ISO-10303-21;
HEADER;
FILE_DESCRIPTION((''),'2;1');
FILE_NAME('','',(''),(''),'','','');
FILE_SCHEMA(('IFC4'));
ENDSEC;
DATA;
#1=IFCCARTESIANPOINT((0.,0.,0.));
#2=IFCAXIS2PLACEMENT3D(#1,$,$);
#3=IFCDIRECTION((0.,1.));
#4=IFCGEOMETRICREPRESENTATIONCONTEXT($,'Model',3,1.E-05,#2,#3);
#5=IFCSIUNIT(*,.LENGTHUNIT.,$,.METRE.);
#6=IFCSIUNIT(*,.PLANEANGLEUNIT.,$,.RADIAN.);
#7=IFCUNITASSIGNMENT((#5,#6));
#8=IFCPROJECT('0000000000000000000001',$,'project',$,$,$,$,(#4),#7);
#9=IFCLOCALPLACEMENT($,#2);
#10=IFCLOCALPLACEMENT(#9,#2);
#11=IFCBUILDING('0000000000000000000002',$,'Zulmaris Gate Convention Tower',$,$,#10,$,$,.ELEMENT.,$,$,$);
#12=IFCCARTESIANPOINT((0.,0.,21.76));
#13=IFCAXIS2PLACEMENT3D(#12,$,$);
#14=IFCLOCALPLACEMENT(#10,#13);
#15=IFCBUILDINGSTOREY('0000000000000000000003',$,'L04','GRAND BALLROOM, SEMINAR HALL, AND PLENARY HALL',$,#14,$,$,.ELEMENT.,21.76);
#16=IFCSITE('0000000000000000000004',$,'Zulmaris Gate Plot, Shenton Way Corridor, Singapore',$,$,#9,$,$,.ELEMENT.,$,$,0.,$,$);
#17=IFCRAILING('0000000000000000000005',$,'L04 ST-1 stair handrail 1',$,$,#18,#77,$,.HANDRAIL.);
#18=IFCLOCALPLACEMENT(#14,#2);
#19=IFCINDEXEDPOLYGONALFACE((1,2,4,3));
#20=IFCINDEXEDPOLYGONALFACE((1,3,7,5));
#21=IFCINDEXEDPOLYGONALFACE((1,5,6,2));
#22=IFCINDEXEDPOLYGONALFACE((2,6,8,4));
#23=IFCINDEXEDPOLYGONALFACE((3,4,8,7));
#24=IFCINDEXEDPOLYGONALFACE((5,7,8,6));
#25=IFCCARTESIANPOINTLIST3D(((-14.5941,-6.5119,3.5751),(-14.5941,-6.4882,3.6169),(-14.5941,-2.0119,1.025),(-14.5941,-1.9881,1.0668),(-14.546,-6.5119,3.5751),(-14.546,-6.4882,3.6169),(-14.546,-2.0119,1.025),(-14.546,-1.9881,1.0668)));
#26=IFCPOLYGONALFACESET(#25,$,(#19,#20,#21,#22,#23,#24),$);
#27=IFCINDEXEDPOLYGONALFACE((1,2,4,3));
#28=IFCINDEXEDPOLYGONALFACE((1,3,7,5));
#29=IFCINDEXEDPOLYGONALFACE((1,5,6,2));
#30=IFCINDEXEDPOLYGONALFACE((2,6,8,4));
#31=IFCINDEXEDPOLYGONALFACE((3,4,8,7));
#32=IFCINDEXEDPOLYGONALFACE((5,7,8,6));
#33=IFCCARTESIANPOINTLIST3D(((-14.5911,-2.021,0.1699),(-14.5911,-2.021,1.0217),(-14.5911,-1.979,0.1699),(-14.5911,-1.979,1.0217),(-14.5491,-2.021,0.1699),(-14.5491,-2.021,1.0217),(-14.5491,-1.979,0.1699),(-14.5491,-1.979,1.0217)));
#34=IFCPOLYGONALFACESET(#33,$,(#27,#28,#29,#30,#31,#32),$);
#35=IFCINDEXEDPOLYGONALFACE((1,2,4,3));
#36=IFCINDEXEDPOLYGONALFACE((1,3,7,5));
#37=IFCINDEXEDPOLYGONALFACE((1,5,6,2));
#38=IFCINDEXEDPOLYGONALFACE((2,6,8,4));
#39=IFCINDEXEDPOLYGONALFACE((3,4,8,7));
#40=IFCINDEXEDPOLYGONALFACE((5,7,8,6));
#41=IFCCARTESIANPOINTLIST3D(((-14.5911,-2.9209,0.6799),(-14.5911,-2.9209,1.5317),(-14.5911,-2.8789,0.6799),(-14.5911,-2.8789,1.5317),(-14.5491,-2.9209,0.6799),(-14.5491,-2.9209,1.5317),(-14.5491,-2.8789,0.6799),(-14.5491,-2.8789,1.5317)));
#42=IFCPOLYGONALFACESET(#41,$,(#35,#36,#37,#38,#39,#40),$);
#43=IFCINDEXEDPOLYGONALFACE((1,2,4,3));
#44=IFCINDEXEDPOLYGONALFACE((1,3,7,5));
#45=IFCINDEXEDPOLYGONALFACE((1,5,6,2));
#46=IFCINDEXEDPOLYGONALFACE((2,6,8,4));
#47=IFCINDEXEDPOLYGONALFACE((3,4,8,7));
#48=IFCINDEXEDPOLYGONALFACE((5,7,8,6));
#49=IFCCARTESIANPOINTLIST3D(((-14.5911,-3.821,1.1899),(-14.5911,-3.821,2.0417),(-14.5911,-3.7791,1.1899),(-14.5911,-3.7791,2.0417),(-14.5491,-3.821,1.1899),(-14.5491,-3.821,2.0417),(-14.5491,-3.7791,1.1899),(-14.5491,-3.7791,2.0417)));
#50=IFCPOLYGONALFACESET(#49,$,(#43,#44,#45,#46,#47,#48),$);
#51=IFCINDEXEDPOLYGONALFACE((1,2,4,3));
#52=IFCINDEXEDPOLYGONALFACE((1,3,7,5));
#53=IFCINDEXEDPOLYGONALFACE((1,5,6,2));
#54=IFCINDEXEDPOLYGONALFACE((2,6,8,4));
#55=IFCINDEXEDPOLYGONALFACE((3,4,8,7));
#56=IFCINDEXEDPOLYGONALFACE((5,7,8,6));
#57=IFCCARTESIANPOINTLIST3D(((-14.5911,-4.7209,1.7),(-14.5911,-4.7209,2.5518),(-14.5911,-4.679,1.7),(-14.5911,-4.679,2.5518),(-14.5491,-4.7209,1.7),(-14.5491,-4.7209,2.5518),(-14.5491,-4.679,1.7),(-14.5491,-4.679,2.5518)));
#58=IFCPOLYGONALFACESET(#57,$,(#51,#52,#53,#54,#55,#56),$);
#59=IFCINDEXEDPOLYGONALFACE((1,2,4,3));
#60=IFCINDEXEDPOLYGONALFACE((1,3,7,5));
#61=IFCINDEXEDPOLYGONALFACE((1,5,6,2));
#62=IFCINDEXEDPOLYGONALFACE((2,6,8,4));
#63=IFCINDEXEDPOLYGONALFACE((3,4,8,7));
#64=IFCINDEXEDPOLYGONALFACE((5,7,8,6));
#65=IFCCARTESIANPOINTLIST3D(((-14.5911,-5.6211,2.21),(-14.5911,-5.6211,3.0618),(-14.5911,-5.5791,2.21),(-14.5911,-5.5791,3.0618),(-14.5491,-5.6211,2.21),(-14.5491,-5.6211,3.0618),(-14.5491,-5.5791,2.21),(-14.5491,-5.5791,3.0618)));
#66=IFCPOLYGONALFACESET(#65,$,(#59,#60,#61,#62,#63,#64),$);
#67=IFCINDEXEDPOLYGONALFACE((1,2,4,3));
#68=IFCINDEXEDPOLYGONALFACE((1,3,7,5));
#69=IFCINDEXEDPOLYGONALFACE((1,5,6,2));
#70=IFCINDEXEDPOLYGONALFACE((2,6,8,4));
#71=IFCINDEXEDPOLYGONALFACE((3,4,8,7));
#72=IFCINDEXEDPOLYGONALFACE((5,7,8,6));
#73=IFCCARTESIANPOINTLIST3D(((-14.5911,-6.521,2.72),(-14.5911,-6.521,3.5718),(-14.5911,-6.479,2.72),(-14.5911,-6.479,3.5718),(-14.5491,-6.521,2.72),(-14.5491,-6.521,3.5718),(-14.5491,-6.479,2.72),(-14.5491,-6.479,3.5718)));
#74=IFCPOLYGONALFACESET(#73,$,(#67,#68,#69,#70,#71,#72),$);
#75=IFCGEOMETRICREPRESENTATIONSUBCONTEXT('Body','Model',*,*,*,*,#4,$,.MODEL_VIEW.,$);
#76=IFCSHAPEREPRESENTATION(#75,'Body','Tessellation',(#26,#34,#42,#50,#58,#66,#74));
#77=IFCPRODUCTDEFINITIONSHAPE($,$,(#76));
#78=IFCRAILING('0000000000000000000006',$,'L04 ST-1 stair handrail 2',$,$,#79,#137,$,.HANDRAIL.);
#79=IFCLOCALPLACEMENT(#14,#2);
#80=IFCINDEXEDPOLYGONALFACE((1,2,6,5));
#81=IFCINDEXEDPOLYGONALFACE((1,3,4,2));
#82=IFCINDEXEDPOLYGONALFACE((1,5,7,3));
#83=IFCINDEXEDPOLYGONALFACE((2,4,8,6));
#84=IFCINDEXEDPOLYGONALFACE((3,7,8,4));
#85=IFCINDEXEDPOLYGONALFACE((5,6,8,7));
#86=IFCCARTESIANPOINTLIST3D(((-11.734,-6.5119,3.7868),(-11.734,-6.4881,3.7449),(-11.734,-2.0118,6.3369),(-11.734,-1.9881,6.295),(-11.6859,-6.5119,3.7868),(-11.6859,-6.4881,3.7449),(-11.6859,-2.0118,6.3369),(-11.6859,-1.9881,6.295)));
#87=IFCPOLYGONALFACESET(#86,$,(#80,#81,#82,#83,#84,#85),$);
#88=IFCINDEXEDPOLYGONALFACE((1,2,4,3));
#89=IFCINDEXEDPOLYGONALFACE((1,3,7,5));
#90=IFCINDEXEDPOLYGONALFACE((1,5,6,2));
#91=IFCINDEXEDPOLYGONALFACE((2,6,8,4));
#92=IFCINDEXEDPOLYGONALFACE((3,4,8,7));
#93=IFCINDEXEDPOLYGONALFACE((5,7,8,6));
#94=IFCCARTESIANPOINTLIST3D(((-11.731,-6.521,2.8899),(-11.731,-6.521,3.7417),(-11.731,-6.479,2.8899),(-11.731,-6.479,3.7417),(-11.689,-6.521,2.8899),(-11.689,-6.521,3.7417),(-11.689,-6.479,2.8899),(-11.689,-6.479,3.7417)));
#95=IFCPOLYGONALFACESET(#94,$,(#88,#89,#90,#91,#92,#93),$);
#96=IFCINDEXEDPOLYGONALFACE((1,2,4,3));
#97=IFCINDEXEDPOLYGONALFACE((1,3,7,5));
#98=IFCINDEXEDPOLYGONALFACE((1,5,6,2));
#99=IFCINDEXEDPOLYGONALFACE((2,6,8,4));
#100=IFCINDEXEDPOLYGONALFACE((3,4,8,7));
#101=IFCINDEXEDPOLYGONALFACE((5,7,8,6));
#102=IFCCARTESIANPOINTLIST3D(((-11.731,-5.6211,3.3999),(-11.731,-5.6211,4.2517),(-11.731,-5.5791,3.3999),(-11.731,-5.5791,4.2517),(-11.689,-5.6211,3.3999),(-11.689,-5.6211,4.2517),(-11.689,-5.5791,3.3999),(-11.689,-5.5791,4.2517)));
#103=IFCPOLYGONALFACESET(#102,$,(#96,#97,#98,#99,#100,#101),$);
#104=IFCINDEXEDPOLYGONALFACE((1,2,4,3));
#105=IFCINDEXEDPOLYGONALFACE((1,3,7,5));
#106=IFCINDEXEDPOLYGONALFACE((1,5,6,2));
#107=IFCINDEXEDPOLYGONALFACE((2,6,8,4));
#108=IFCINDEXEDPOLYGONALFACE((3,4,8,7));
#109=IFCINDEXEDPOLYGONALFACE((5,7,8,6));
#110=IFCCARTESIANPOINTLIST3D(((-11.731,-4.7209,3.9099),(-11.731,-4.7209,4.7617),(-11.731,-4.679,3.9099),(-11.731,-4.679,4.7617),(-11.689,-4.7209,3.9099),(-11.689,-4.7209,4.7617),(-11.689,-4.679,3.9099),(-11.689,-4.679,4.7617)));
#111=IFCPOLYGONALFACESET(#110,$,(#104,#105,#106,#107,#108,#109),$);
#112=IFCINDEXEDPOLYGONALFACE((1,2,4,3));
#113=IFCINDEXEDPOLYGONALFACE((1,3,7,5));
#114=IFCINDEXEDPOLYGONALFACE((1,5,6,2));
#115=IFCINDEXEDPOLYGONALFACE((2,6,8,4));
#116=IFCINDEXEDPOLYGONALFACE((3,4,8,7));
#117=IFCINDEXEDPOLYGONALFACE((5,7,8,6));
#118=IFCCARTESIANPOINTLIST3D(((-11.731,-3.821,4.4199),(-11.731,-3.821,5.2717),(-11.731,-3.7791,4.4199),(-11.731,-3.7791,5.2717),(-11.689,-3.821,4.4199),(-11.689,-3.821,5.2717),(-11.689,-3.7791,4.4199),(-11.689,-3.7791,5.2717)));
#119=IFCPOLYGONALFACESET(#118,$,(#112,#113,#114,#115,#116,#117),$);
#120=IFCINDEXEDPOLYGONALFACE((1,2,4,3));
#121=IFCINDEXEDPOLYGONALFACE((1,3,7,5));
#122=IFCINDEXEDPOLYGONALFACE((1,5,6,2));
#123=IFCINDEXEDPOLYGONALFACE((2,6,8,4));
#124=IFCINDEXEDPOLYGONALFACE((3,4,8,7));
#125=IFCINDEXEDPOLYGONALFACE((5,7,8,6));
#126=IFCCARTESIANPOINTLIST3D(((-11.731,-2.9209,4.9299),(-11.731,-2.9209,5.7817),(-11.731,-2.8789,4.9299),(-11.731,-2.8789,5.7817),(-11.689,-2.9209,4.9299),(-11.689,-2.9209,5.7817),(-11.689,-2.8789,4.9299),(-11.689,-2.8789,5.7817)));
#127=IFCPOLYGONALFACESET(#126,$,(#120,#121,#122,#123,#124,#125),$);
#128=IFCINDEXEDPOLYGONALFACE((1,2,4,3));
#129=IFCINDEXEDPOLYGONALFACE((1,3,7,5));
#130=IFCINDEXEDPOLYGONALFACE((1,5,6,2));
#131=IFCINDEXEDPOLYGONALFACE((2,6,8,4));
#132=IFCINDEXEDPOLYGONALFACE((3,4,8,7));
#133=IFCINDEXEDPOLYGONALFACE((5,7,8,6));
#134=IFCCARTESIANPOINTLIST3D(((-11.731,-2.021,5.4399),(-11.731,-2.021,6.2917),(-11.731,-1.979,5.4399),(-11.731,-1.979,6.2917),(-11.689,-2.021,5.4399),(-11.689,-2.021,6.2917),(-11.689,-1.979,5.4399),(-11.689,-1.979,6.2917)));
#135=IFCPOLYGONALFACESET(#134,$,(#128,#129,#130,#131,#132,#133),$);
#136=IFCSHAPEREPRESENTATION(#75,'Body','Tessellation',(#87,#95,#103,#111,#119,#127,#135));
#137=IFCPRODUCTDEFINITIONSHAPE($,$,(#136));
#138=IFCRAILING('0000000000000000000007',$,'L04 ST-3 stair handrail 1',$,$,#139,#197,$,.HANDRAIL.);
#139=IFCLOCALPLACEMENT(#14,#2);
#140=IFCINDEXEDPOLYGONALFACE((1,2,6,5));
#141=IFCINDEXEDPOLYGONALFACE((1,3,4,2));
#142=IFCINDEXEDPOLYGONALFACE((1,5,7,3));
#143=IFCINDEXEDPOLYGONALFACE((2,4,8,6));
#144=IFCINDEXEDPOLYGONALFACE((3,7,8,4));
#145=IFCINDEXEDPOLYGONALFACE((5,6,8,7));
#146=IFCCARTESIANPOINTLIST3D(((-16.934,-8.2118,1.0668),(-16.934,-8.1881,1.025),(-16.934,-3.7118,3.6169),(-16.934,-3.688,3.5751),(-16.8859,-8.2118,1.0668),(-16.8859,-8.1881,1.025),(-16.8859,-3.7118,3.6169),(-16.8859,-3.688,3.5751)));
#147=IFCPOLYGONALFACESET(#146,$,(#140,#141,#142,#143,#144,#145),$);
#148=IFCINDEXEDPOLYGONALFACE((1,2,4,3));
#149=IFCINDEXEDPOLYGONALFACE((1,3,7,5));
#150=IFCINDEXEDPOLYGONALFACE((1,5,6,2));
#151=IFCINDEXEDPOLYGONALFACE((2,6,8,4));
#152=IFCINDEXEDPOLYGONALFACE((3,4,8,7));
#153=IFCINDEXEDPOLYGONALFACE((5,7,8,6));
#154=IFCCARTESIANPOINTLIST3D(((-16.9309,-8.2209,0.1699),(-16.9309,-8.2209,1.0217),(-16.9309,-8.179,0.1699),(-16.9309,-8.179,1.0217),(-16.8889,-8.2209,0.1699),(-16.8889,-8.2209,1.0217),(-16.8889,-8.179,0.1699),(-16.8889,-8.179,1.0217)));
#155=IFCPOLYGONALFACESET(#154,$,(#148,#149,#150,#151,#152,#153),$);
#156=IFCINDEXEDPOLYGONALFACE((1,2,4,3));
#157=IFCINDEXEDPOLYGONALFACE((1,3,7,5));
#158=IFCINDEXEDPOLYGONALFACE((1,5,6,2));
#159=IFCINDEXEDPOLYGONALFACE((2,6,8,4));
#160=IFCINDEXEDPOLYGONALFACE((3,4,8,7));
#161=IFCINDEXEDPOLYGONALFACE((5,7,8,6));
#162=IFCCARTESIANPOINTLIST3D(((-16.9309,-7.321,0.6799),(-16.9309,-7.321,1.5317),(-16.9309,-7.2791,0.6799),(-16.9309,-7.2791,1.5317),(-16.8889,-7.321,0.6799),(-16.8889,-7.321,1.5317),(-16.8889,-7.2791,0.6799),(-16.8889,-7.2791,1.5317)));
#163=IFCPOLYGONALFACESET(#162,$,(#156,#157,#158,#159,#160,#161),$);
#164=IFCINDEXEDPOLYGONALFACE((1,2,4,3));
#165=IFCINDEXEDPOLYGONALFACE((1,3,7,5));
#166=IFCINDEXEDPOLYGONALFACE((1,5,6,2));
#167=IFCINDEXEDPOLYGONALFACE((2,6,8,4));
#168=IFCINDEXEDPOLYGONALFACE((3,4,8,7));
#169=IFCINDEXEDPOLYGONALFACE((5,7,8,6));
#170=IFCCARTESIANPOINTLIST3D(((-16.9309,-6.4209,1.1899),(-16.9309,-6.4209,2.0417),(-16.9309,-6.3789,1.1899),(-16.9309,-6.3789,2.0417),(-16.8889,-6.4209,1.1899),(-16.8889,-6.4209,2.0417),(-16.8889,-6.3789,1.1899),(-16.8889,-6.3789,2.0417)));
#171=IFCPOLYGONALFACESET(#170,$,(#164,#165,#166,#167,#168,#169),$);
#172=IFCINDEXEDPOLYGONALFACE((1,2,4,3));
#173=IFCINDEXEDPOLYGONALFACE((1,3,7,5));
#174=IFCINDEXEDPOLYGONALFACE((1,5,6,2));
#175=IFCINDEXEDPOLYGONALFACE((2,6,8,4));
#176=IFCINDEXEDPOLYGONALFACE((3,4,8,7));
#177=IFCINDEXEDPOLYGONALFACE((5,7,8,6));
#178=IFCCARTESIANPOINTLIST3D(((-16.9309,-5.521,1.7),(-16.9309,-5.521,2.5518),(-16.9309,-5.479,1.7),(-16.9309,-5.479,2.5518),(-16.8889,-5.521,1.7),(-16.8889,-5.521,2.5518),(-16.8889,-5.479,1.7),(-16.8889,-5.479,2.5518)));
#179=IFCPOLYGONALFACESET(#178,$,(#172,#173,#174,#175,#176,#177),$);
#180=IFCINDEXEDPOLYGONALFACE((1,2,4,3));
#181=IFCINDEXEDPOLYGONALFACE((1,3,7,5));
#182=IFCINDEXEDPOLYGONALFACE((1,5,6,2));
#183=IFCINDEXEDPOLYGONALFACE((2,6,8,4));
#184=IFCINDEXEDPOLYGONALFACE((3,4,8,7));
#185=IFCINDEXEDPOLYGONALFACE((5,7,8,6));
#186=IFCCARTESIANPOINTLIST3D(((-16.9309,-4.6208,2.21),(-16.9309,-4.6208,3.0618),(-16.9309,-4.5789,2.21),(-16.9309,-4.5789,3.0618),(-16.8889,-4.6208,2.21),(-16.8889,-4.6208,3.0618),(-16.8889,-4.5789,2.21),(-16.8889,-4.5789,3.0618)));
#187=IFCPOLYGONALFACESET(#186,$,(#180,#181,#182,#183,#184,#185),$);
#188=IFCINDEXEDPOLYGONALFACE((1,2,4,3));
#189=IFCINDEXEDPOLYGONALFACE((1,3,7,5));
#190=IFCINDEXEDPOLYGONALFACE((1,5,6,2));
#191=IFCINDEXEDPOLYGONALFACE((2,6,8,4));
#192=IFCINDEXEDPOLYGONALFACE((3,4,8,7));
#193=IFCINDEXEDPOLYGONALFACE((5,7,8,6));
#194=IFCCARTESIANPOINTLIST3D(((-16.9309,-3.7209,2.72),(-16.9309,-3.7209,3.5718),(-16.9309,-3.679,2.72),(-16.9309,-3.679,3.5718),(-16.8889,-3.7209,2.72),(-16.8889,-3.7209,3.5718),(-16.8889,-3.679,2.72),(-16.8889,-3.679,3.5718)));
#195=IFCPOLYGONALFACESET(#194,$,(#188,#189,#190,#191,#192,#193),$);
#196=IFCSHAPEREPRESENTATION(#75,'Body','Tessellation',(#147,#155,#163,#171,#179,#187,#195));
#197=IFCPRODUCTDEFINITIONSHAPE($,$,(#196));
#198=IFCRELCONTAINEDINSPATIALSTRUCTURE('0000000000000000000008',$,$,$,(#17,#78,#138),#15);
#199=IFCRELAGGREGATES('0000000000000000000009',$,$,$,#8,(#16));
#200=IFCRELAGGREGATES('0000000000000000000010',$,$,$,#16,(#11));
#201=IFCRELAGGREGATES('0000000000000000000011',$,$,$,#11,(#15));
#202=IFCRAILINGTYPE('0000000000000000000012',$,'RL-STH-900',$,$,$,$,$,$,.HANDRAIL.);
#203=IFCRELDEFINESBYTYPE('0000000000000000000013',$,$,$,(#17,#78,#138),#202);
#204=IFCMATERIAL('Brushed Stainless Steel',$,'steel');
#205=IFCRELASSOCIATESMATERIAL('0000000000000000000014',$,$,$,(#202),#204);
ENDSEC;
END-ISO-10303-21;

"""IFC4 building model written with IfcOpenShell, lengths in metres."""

from ifc_helpers import new_model, si_unit, direction, frame, origin, origin_2d, place, context, subcontext, project, spatial, rectangle, extrude, material, type_object, element, save


model = new_model("IFC4")

# Units and contexts
model_context = context("Model", 3, precision=1e-05, world=origin(), true_north=direction((0.0, 1.0)))
body_context = subcontext(model_context, "Body", "Model", "MODEL_VIEW")
ifc_project = project(units=[si_unit("LENGTHUNIT", "METRE"), si_unit("PLANEANGLEUNIT", "RADIAN")], contexts=[model_context])

# Site, building, storey
site_placement = place(None, origin())
site = spatial("IfcSite", under=ifc_project, at=site_placement, Name="Zulmaris Gate Plot, Shenton Way Corridor, Singapore", CompositionType="ELEMENT", RefElevation=0.0)
building_placement = place(site_placement, origin())
building = spatial("IfcBuilding", under=site, at=building_placement, Name="Zulmaris Gate Convention Tower", CompositionType="ELEMENT")
storey_placement = place(building_placement, frame((0.0, 0.0, 21.76)))
storey = spatial("IfcBuildingStorey", under=building, at=storey_placement, Name="L04", Description="GRAND BALLROOM, SEMINAR HALL, AND PLENARY HALL", CompositionType="ELEMENT", Elevation=21.76)

# Shared definitions
ifc_material_1 = material(Name="Brushed Stainless Steel", Category="steel")

# Railings
railing_type_1 = type_object("IfcRailingType", Name="RL-STH-900", PredefinedType="HANDRAIL", material=ifc_material_1)
railing_1_placement = place(storey_placement, frame((-14.5701, -2.0, 0.1699)))
element("IfcRailing", 1, at=railing_1_placement, inside=storey, type_object=railing_type_1, Name="L04 ST-1 stair handrail 1", PredefinedType="HANDRAIL", context=body_context, shape_type="SweptSolid", body=[
    extrude(rectangle(XDim=0.0481, YDim=0.0481, at=origin_2d()), frame((0.0, 0.0, 0.876), z_axis=(0.0, -0.870018, 0.49302), x_axis=(1.0, 0.0, 0.0)), (0.0, 0.0, 1.0), 5.1724),
    extrude(rectangle(XDim=0.042, YDim=0.042, at=origin_2d()), origin(), (0.0, 0.0, 1.0), 0.8518),
    extrude(rectangle(XDim=0.042, YDim=0.042, at=origin_2d()), frame((0.0, -0.8999, 0.51)), (0.0, 0.0, 1.0), 0.8518),
    extrude(rectangle(XDim=0.042, YDim=0.042, at=origin_2d()), frame((0.0, -1.8, 1.02)), (0.0, 0.0, 1.0), 0.8518),
    extrude(rectangle(XDim=0.042, YDim=0.042, at=origin_2d()), frame((0.0, -2.7, 1.53)), (0.0, 0.0, 1.0), 0.8518),
    extrude(rectangle(XDim=0.042, YDim=0.042, at=origin_2d()), frame((0.0, -3.6001, 2.04)), (0.0, 0.0, 1.0), 0.8518),
    extrude(rectangle(XDim=0.042, YDim=0.042, at=origin_2d()), frame((0.0, -4.5, 2.55)), (0.0, 0.0, 1.0), 0.8518),
])
for number, where, name in (
    (2, (-11.71, -6.5, 2.8899), "L04 ST-1 stair handrail 2"),
    (3, (-16.9099, -8.2, 0.1699), "L04 ST-3 stair handrail 1"),
):
    element("IfcRailing", number, at=place(storey_placement, frame(where)), inside=storey, type_object=railing_type_1, Name=name, PredefinedType="HANDRAIL", context=body_context, shape_type="SweptSolid", body=[
        extrude(rectangle(XDim=0.0481, YDim=0.0481, at=origin_2d()), frame((0.0, 0.0, 0.876), z_axis=(0.0, 0.870018, 0.49302), x_axis=(-1.0, 0.0, 0.0)), (0.0, 0.0, 1.0), 5.1724),
        extrude(rectangle(XDim=0.042, YDim=0.042, at=origin_2d()), origin(), (0.0, 0.0, 1.0), 0.8518),
        extrude(rectangle(XDim=0.042, YDim=0.042, at=origin_2d()), frame((0.0, 0.8999, 0.51)), (0.0, 0.0, 1.0), 0.8518),
        extrude(rectangle(XDim=0.042, YDim=0.042, at=origin_2d()), frame((0.0, 1.8, 1.02)), (0.0, 0.0, 1.0), 0.8518),
        extrude(rectangle(XDim=0.042, YDim=0.042, at=origin_2d()), frame((0.0, 2.7, 1.53)), (0.0, 0.0, 1.0), 0.8518),
        extrude(rectangle(XDim=0.042, YDim=0.042, at=origin_2d()), frame((0.0, 3.6001, 2.04)), (0.0, 0.0, 1.0), 0.8518),
        extrude(rectangle(XDim=0.042, YDim=0.042, at=origin_2d()), frame((0.0, 4.5, 2.55)), (0.0, 0.0, 1.0), 0.8518),
    ])

save(model, "model.ifc")
